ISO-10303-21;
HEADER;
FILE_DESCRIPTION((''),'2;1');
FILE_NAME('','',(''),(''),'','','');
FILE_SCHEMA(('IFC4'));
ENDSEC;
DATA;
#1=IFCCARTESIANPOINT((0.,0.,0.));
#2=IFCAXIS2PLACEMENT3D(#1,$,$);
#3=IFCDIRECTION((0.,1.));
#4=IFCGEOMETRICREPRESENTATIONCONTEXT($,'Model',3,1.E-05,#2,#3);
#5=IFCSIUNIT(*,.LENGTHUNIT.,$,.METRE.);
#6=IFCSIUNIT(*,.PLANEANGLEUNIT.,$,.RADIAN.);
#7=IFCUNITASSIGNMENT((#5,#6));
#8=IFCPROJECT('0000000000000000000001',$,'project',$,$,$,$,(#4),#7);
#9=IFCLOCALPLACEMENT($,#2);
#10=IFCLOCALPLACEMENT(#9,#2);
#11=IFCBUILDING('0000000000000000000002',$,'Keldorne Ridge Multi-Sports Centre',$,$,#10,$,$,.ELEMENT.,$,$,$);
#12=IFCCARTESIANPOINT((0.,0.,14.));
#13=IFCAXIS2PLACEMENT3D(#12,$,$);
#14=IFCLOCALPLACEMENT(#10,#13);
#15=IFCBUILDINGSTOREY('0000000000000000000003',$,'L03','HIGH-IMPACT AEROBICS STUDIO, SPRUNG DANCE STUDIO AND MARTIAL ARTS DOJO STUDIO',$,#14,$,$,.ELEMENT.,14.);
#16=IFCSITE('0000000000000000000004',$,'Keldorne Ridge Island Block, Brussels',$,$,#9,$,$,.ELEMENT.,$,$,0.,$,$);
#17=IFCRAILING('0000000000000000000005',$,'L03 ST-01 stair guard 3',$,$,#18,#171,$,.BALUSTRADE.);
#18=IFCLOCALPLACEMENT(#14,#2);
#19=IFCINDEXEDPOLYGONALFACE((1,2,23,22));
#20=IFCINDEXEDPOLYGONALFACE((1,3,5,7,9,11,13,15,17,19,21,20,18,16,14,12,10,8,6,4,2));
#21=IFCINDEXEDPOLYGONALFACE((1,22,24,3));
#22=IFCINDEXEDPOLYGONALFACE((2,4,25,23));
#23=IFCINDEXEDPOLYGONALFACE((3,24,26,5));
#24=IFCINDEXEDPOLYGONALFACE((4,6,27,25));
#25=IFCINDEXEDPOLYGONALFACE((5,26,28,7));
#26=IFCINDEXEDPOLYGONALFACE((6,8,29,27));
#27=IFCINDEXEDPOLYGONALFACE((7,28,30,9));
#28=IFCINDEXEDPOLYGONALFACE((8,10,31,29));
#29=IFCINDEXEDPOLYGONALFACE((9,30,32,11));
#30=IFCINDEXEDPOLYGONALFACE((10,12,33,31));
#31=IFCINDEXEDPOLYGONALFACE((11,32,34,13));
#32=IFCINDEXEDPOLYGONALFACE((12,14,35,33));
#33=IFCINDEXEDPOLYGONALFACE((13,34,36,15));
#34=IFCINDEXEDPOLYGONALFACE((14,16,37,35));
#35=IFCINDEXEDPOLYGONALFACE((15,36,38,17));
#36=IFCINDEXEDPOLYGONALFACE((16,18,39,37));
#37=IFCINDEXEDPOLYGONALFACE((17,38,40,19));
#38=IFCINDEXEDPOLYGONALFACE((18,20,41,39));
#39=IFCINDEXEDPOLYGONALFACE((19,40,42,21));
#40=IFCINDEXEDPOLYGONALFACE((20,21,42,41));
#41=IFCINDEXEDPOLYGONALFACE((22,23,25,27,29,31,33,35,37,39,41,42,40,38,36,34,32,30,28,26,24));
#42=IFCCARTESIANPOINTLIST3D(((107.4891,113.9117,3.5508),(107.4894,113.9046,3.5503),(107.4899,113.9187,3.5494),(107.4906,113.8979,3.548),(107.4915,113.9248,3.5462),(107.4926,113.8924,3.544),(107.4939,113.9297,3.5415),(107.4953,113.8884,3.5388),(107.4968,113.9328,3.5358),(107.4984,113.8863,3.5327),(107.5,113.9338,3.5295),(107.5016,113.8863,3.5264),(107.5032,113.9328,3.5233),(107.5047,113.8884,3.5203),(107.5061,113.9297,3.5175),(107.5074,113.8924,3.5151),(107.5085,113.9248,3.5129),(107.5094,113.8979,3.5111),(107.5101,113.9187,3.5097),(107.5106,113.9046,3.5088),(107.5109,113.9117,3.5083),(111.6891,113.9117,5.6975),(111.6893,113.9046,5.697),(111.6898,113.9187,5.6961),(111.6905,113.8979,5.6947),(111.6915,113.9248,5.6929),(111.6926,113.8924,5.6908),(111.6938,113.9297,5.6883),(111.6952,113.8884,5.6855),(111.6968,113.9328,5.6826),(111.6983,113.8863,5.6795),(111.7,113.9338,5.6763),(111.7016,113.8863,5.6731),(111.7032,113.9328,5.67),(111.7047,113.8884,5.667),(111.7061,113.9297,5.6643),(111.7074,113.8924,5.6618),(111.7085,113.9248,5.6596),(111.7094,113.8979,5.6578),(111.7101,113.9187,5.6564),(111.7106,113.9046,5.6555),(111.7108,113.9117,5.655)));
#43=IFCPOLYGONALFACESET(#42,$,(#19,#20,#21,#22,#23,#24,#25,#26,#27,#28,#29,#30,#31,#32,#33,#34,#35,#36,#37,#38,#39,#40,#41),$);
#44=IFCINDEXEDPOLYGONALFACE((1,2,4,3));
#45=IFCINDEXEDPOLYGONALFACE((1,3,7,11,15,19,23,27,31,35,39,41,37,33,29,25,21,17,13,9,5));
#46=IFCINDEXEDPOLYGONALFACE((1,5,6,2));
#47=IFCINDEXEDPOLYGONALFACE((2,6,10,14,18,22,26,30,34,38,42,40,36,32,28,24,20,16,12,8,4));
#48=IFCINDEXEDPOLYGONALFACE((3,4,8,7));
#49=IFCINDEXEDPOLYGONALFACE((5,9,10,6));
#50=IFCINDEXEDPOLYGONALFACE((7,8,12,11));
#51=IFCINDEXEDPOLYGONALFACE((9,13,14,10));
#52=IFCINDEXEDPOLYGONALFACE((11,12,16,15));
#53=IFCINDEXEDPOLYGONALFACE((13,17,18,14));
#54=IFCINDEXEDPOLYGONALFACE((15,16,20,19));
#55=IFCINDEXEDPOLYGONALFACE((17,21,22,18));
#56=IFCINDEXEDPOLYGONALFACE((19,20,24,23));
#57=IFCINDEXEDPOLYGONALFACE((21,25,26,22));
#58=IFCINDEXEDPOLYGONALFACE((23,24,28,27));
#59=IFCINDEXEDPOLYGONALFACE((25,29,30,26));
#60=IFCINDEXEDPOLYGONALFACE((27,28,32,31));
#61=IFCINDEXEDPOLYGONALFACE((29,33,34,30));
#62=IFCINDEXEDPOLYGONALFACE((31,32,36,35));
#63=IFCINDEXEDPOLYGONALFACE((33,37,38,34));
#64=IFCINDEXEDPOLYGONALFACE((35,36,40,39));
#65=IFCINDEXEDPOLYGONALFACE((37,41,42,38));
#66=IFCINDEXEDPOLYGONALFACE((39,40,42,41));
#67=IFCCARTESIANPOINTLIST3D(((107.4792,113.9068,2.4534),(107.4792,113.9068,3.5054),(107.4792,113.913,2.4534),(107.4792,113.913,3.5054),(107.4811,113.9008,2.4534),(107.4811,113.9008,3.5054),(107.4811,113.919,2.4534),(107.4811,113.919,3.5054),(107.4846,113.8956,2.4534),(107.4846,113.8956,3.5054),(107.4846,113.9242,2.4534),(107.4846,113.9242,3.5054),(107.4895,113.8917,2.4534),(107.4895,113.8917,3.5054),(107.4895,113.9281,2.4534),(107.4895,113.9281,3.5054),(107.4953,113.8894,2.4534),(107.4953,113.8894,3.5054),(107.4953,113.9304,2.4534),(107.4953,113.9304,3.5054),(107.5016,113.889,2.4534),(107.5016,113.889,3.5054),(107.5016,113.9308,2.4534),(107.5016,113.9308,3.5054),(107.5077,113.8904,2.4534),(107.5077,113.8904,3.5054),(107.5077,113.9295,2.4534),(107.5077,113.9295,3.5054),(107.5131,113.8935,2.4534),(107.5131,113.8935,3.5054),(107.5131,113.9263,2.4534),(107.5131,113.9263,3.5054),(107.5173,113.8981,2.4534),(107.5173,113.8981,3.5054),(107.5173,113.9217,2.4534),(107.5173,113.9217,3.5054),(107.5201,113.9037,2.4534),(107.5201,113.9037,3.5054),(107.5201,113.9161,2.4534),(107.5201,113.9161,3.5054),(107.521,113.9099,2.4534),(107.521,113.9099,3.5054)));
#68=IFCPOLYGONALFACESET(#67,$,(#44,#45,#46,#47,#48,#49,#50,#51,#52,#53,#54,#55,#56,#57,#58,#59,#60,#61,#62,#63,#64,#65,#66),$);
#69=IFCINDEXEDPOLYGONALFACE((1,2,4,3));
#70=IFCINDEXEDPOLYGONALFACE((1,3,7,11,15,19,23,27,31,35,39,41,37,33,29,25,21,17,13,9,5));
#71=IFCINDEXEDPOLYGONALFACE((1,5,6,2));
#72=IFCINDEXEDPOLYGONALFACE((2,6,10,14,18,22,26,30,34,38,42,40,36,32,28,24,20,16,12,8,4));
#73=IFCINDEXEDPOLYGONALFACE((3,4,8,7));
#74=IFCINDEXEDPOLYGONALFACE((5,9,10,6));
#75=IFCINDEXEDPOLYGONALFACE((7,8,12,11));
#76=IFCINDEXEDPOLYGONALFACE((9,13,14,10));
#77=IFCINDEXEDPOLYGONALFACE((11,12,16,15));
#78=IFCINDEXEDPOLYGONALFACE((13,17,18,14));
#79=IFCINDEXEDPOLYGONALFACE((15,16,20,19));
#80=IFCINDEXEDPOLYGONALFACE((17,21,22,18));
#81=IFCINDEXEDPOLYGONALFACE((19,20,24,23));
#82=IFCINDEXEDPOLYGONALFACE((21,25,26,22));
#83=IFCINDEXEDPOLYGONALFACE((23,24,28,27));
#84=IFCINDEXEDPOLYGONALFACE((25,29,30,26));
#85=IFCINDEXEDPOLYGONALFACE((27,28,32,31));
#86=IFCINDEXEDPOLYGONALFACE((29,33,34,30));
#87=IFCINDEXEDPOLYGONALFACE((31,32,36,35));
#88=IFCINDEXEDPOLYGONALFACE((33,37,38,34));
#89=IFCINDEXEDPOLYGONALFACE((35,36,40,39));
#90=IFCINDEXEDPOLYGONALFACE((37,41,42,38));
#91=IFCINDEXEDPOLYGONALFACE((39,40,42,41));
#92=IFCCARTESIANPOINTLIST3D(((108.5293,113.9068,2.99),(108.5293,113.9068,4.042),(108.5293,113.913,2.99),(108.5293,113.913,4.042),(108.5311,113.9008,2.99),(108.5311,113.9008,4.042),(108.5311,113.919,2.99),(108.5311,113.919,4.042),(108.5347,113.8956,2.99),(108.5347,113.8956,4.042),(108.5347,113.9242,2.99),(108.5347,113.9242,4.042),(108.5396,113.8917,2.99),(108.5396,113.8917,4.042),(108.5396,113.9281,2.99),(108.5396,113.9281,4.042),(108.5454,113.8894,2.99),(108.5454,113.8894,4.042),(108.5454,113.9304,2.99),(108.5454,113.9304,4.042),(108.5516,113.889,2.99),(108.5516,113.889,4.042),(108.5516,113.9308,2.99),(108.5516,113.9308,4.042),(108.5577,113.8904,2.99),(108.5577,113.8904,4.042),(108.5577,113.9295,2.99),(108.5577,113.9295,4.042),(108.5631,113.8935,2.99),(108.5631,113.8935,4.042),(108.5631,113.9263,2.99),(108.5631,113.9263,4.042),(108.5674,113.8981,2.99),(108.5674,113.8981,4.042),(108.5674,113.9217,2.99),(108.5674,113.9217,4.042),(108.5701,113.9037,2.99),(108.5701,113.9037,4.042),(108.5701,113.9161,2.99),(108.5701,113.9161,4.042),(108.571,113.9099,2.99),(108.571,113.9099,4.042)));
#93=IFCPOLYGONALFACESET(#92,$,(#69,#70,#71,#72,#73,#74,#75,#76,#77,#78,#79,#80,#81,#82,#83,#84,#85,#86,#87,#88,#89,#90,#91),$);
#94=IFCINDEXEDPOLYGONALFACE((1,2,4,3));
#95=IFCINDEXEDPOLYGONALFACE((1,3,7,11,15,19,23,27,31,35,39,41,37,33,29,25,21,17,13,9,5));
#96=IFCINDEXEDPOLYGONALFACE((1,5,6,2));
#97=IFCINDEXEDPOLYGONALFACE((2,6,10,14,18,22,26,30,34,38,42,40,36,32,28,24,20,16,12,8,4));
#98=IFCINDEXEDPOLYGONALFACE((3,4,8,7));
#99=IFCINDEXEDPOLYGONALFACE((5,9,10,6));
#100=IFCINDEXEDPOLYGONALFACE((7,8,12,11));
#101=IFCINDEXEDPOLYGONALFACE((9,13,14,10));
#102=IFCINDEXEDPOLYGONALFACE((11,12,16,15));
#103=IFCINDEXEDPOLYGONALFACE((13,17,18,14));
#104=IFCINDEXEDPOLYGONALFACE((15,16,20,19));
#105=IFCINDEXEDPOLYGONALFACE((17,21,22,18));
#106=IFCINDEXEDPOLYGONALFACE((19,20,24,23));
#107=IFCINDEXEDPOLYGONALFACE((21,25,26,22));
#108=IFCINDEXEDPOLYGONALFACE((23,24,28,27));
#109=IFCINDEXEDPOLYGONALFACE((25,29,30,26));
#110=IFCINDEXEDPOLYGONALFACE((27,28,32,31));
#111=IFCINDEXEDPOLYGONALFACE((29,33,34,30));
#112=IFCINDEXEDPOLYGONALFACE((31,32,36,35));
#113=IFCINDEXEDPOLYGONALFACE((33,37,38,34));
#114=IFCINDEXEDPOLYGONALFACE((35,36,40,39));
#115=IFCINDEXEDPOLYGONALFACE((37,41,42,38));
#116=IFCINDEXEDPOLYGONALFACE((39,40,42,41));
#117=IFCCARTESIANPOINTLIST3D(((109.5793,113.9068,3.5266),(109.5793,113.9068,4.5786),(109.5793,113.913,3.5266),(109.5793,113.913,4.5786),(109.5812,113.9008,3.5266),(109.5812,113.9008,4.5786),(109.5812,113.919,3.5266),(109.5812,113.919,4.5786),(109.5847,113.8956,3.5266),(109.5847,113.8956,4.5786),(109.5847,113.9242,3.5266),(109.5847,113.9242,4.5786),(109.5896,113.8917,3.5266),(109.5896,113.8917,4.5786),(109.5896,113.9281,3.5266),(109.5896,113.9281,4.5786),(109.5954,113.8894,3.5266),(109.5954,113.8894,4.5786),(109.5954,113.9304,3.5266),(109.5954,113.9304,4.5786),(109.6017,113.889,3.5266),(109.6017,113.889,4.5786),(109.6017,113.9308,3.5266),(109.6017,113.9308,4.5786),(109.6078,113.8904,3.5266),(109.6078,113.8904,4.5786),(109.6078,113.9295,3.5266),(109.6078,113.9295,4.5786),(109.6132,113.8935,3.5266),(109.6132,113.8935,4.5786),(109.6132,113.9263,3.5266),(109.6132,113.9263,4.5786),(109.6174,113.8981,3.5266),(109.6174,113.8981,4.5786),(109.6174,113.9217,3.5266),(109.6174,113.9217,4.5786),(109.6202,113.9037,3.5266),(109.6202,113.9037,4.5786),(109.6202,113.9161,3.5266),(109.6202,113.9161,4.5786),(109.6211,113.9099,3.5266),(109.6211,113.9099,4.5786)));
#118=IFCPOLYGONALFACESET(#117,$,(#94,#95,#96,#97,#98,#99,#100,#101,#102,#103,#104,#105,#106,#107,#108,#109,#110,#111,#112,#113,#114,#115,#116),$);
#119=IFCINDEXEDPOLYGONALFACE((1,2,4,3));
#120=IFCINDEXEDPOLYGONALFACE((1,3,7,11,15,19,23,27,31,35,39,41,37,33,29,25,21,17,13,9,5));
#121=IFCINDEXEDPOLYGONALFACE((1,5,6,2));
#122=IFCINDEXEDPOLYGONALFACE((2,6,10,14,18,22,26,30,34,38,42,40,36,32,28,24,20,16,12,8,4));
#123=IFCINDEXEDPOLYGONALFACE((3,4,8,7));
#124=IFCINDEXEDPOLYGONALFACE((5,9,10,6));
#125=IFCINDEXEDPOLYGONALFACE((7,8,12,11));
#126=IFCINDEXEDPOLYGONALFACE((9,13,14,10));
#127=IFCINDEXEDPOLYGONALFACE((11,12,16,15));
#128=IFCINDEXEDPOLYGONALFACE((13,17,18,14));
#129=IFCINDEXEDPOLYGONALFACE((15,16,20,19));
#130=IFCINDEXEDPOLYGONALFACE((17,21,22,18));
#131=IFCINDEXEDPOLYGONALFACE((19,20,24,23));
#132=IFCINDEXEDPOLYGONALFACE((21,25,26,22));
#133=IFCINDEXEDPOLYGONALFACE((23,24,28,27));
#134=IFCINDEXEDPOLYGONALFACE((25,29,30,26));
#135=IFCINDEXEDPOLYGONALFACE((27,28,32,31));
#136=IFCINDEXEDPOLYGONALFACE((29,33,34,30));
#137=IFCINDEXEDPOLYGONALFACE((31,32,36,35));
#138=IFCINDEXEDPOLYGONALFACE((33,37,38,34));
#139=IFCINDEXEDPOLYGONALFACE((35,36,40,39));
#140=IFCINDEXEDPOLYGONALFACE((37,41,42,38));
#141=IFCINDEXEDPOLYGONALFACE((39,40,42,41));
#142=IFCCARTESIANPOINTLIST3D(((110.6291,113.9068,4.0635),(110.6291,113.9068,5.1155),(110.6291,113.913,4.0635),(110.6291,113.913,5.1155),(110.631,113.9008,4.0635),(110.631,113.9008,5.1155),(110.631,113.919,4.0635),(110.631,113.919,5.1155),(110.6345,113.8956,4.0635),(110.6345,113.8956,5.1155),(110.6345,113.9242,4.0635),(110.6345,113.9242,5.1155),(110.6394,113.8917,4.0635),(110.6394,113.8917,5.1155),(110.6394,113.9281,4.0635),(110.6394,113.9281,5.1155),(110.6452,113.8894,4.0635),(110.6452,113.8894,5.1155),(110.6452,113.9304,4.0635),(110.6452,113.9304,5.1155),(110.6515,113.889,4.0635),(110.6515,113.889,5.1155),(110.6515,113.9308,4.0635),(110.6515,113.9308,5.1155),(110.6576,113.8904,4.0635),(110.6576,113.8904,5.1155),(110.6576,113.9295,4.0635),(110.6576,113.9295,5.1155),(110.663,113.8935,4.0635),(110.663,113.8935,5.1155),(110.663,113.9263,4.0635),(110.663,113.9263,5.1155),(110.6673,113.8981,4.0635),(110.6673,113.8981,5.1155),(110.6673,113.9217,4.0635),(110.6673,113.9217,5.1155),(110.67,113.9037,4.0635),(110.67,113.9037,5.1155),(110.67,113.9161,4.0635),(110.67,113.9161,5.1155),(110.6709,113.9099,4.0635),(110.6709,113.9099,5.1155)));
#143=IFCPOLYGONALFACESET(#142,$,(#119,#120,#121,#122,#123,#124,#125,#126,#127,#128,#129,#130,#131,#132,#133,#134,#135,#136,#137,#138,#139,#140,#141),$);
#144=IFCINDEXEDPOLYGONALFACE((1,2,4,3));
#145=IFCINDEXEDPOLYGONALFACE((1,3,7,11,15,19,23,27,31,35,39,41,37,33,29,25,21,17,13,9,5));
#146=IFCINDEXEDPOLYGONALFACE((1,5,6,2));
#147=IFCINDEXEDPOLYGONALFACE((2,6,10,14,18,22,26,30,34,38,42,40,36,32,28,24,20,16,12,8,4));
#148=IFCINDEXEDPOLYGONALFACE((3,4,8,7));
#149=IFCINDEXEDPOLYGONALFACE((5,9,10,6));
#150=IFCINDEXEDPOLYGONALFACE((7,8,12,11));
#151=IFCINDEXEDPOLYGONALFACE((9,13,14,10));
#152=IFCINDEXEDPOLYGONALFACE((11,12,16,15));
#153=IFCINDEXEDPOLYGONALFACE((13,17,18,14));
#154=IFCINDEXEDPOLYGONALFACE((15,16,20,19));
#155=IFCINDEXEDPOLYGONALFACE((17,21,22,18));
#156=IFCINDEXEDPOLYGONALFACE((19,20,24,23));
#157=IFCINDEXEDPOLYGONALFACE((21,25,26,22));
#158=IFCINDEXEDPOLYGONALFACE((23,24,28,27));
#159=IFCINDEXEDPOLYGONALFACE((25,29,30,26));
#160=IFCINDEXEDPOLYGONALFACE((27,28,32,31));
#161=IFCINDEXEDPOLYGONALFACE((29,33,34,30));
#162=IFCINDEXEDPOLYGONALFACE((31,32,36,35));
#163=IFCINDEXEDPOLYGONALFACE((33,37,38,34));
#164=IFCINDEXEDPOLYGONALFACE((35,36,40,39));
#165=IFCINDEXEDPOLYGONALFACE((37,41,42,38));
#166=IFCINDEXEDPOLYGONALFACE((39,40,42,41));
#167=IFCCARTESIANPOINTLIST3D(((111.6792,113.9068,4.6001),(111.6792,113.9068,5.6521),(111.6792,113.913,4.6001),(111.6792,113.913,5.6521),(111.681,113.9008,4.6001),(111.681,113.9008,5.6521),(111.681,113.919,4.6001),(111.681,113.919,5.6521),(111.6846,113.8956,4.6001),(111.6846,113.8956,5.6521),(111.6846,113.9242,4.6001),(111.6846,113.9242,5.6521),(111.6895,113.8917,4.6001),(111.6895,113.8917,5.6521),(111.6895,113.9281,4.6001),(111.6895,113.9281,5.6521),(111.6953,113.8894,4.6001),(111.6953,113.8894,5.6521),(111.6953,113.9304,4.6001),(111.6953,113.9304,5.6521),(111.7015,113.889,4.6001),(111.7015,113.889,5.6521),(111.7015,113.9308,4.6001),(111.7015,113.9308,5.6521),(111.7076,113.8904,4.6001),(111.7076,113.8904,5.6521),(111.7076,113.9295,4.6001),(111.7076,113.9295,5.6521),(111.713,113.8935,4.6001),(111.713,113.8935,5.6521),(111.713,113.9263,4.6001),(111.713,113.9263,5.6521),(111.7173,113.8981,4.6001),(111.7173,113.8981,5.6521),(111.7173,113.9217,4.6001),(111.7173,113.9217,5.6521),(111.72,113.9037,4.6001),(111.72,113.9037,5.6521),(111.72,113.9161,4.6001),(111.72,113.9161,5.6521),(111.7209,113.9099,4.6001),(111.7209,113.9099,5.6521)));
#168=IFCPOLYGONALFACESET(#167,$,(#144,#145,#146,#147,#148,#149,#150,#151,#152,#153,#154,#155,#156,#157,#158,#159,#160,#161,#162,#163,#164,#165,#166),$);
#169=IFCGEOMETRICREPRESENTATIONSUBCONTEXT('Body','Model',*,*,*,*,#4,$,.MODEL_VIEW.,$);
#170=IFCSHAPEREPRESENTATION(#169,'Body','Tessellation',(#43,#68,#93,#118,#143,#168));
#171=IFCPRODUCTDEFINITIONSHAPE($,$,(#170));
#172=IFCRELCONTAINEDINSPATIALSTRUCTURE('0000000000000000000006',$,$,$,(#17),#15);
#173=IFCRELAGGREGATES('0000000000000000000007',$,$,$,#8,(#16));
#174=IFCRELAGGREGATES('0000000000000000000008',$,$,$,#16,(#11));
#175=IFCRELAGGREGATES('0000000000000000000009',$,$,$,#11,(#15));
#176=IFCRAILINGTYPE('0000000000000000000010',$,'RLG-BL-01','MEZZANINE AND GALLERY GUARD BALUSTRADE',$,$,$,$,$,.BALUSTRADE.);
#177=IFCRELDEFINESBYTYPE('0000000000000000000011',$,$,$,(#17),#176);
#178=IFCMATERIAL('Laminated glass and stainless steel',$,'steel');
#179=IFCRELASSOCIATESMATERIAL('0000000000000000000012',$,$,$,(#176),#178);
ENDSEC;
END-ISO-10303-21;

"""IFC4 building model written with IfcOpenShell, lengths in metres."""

from ifc_helpers import new_model, si_unit, direction, frame, origin, origin_2d, place, context, subcontext, project, spatial, circle, extrude, material, type_object, element, save


model = new_model("IFC4")

# Units and contexts
model_context = context("Model", 3, precision=1e-05, world=origin(), true_north=direction((0.0, 1.0)))
body_context = subcontext(model_context, "Body", "Model", "MODEL_VIEW")
ifc_project = project(units=[si_unit("LENGTHUNIT", "METRE"), si_unit("PLANEANGLEUNIT", "RADIAN")], contexts=[model_context])

# Site, building, storey
site_placement = place(None, origin())
site = spatial("IfcSite", under=ifc_project, at=site_placement, Name="Keldorne Ridge Island Block, Brussels", CompositionType="ELEMENT", RefElevation=0.0)
building_placement = place(site_placement, origin())
building = spatial("IfcBuilding", under=site, at=building_placement, Name="Keldorne Ridge Multi-Sports Centre", CompositionType="ELEMENT")
storey_placement = place(building_placement, frame((0.0, 0.0, 14.0)))
storey = spatial("IfcBuildingStorey", under=building, at=storey_placement, Name="L03", Description="HIGH-IMPACT AEROBICS STUDIO, SPRUNG DANCE STUDIO AND MARTIAL ARTS DOJO STUDIO", CompositionType="ELEMENT", Elevation=14.0)

# Railing
ifc_material_1 = material(Name="Laminated glass and stainless steel", Category="steel")
railing_type_1 = type_object("IfcRailingType", Name="RLG-BL-01", Description="MEZZANINE AND GALLERY GUARD BALUSTRADE", PredefinedType="BALUSTRADE", material=ifc_material_1)
railing_1_placement = place(storey_placement, frame((107.5, 113.9099, 2.4534)))
element("IfcRailing", 1, at=railing_1_placement, inside=storey, type_object=railing_type_1, Name="L03 ST-01 stair guard 3", PredefinedType="BALUSTRADE", context=body_context, shape_type="SweptSolid", body=[
    extrude(circle(Radius=0.0239, at=origin_2d()), frame((0.0, 0.0, 1.0762), z_axis=(0.890427, 0.0, 0.455126), x_axis=(0.0, 1.0, 0.0)), (0.0, 0.0, 1.0), 4.7168),
    extrude(circle(Radius=0.021, at=origin_2d()), origin(), (0.0, 0.0, 1.0), 1.052),
    extrude(circle(Radius=0.021, at=origin_2d()), frame((1.05, 0.0, 0.5366)), (0.0, 0.0, 1.0), 1.052),
    extrude(circle(Radius=0.021, at=origin_2d()), frame((2.1001, 0.0, 1.0732)), (0.0, 0.0, 1.0), 1.052),
    extrude(circle(Radius=0.021, at=origin_2d()), frame((3.1499, 0.0, 1.6101)), (0.0, 0.0, 1.0), 1.052),
    extrude(circle(Radius=0.021, at=origin_2d()), frame((4.2, 0.0, 2.1467)), (0.0, 0.0, 1.0), 1.052),
])

save(model, "model.ifc")
